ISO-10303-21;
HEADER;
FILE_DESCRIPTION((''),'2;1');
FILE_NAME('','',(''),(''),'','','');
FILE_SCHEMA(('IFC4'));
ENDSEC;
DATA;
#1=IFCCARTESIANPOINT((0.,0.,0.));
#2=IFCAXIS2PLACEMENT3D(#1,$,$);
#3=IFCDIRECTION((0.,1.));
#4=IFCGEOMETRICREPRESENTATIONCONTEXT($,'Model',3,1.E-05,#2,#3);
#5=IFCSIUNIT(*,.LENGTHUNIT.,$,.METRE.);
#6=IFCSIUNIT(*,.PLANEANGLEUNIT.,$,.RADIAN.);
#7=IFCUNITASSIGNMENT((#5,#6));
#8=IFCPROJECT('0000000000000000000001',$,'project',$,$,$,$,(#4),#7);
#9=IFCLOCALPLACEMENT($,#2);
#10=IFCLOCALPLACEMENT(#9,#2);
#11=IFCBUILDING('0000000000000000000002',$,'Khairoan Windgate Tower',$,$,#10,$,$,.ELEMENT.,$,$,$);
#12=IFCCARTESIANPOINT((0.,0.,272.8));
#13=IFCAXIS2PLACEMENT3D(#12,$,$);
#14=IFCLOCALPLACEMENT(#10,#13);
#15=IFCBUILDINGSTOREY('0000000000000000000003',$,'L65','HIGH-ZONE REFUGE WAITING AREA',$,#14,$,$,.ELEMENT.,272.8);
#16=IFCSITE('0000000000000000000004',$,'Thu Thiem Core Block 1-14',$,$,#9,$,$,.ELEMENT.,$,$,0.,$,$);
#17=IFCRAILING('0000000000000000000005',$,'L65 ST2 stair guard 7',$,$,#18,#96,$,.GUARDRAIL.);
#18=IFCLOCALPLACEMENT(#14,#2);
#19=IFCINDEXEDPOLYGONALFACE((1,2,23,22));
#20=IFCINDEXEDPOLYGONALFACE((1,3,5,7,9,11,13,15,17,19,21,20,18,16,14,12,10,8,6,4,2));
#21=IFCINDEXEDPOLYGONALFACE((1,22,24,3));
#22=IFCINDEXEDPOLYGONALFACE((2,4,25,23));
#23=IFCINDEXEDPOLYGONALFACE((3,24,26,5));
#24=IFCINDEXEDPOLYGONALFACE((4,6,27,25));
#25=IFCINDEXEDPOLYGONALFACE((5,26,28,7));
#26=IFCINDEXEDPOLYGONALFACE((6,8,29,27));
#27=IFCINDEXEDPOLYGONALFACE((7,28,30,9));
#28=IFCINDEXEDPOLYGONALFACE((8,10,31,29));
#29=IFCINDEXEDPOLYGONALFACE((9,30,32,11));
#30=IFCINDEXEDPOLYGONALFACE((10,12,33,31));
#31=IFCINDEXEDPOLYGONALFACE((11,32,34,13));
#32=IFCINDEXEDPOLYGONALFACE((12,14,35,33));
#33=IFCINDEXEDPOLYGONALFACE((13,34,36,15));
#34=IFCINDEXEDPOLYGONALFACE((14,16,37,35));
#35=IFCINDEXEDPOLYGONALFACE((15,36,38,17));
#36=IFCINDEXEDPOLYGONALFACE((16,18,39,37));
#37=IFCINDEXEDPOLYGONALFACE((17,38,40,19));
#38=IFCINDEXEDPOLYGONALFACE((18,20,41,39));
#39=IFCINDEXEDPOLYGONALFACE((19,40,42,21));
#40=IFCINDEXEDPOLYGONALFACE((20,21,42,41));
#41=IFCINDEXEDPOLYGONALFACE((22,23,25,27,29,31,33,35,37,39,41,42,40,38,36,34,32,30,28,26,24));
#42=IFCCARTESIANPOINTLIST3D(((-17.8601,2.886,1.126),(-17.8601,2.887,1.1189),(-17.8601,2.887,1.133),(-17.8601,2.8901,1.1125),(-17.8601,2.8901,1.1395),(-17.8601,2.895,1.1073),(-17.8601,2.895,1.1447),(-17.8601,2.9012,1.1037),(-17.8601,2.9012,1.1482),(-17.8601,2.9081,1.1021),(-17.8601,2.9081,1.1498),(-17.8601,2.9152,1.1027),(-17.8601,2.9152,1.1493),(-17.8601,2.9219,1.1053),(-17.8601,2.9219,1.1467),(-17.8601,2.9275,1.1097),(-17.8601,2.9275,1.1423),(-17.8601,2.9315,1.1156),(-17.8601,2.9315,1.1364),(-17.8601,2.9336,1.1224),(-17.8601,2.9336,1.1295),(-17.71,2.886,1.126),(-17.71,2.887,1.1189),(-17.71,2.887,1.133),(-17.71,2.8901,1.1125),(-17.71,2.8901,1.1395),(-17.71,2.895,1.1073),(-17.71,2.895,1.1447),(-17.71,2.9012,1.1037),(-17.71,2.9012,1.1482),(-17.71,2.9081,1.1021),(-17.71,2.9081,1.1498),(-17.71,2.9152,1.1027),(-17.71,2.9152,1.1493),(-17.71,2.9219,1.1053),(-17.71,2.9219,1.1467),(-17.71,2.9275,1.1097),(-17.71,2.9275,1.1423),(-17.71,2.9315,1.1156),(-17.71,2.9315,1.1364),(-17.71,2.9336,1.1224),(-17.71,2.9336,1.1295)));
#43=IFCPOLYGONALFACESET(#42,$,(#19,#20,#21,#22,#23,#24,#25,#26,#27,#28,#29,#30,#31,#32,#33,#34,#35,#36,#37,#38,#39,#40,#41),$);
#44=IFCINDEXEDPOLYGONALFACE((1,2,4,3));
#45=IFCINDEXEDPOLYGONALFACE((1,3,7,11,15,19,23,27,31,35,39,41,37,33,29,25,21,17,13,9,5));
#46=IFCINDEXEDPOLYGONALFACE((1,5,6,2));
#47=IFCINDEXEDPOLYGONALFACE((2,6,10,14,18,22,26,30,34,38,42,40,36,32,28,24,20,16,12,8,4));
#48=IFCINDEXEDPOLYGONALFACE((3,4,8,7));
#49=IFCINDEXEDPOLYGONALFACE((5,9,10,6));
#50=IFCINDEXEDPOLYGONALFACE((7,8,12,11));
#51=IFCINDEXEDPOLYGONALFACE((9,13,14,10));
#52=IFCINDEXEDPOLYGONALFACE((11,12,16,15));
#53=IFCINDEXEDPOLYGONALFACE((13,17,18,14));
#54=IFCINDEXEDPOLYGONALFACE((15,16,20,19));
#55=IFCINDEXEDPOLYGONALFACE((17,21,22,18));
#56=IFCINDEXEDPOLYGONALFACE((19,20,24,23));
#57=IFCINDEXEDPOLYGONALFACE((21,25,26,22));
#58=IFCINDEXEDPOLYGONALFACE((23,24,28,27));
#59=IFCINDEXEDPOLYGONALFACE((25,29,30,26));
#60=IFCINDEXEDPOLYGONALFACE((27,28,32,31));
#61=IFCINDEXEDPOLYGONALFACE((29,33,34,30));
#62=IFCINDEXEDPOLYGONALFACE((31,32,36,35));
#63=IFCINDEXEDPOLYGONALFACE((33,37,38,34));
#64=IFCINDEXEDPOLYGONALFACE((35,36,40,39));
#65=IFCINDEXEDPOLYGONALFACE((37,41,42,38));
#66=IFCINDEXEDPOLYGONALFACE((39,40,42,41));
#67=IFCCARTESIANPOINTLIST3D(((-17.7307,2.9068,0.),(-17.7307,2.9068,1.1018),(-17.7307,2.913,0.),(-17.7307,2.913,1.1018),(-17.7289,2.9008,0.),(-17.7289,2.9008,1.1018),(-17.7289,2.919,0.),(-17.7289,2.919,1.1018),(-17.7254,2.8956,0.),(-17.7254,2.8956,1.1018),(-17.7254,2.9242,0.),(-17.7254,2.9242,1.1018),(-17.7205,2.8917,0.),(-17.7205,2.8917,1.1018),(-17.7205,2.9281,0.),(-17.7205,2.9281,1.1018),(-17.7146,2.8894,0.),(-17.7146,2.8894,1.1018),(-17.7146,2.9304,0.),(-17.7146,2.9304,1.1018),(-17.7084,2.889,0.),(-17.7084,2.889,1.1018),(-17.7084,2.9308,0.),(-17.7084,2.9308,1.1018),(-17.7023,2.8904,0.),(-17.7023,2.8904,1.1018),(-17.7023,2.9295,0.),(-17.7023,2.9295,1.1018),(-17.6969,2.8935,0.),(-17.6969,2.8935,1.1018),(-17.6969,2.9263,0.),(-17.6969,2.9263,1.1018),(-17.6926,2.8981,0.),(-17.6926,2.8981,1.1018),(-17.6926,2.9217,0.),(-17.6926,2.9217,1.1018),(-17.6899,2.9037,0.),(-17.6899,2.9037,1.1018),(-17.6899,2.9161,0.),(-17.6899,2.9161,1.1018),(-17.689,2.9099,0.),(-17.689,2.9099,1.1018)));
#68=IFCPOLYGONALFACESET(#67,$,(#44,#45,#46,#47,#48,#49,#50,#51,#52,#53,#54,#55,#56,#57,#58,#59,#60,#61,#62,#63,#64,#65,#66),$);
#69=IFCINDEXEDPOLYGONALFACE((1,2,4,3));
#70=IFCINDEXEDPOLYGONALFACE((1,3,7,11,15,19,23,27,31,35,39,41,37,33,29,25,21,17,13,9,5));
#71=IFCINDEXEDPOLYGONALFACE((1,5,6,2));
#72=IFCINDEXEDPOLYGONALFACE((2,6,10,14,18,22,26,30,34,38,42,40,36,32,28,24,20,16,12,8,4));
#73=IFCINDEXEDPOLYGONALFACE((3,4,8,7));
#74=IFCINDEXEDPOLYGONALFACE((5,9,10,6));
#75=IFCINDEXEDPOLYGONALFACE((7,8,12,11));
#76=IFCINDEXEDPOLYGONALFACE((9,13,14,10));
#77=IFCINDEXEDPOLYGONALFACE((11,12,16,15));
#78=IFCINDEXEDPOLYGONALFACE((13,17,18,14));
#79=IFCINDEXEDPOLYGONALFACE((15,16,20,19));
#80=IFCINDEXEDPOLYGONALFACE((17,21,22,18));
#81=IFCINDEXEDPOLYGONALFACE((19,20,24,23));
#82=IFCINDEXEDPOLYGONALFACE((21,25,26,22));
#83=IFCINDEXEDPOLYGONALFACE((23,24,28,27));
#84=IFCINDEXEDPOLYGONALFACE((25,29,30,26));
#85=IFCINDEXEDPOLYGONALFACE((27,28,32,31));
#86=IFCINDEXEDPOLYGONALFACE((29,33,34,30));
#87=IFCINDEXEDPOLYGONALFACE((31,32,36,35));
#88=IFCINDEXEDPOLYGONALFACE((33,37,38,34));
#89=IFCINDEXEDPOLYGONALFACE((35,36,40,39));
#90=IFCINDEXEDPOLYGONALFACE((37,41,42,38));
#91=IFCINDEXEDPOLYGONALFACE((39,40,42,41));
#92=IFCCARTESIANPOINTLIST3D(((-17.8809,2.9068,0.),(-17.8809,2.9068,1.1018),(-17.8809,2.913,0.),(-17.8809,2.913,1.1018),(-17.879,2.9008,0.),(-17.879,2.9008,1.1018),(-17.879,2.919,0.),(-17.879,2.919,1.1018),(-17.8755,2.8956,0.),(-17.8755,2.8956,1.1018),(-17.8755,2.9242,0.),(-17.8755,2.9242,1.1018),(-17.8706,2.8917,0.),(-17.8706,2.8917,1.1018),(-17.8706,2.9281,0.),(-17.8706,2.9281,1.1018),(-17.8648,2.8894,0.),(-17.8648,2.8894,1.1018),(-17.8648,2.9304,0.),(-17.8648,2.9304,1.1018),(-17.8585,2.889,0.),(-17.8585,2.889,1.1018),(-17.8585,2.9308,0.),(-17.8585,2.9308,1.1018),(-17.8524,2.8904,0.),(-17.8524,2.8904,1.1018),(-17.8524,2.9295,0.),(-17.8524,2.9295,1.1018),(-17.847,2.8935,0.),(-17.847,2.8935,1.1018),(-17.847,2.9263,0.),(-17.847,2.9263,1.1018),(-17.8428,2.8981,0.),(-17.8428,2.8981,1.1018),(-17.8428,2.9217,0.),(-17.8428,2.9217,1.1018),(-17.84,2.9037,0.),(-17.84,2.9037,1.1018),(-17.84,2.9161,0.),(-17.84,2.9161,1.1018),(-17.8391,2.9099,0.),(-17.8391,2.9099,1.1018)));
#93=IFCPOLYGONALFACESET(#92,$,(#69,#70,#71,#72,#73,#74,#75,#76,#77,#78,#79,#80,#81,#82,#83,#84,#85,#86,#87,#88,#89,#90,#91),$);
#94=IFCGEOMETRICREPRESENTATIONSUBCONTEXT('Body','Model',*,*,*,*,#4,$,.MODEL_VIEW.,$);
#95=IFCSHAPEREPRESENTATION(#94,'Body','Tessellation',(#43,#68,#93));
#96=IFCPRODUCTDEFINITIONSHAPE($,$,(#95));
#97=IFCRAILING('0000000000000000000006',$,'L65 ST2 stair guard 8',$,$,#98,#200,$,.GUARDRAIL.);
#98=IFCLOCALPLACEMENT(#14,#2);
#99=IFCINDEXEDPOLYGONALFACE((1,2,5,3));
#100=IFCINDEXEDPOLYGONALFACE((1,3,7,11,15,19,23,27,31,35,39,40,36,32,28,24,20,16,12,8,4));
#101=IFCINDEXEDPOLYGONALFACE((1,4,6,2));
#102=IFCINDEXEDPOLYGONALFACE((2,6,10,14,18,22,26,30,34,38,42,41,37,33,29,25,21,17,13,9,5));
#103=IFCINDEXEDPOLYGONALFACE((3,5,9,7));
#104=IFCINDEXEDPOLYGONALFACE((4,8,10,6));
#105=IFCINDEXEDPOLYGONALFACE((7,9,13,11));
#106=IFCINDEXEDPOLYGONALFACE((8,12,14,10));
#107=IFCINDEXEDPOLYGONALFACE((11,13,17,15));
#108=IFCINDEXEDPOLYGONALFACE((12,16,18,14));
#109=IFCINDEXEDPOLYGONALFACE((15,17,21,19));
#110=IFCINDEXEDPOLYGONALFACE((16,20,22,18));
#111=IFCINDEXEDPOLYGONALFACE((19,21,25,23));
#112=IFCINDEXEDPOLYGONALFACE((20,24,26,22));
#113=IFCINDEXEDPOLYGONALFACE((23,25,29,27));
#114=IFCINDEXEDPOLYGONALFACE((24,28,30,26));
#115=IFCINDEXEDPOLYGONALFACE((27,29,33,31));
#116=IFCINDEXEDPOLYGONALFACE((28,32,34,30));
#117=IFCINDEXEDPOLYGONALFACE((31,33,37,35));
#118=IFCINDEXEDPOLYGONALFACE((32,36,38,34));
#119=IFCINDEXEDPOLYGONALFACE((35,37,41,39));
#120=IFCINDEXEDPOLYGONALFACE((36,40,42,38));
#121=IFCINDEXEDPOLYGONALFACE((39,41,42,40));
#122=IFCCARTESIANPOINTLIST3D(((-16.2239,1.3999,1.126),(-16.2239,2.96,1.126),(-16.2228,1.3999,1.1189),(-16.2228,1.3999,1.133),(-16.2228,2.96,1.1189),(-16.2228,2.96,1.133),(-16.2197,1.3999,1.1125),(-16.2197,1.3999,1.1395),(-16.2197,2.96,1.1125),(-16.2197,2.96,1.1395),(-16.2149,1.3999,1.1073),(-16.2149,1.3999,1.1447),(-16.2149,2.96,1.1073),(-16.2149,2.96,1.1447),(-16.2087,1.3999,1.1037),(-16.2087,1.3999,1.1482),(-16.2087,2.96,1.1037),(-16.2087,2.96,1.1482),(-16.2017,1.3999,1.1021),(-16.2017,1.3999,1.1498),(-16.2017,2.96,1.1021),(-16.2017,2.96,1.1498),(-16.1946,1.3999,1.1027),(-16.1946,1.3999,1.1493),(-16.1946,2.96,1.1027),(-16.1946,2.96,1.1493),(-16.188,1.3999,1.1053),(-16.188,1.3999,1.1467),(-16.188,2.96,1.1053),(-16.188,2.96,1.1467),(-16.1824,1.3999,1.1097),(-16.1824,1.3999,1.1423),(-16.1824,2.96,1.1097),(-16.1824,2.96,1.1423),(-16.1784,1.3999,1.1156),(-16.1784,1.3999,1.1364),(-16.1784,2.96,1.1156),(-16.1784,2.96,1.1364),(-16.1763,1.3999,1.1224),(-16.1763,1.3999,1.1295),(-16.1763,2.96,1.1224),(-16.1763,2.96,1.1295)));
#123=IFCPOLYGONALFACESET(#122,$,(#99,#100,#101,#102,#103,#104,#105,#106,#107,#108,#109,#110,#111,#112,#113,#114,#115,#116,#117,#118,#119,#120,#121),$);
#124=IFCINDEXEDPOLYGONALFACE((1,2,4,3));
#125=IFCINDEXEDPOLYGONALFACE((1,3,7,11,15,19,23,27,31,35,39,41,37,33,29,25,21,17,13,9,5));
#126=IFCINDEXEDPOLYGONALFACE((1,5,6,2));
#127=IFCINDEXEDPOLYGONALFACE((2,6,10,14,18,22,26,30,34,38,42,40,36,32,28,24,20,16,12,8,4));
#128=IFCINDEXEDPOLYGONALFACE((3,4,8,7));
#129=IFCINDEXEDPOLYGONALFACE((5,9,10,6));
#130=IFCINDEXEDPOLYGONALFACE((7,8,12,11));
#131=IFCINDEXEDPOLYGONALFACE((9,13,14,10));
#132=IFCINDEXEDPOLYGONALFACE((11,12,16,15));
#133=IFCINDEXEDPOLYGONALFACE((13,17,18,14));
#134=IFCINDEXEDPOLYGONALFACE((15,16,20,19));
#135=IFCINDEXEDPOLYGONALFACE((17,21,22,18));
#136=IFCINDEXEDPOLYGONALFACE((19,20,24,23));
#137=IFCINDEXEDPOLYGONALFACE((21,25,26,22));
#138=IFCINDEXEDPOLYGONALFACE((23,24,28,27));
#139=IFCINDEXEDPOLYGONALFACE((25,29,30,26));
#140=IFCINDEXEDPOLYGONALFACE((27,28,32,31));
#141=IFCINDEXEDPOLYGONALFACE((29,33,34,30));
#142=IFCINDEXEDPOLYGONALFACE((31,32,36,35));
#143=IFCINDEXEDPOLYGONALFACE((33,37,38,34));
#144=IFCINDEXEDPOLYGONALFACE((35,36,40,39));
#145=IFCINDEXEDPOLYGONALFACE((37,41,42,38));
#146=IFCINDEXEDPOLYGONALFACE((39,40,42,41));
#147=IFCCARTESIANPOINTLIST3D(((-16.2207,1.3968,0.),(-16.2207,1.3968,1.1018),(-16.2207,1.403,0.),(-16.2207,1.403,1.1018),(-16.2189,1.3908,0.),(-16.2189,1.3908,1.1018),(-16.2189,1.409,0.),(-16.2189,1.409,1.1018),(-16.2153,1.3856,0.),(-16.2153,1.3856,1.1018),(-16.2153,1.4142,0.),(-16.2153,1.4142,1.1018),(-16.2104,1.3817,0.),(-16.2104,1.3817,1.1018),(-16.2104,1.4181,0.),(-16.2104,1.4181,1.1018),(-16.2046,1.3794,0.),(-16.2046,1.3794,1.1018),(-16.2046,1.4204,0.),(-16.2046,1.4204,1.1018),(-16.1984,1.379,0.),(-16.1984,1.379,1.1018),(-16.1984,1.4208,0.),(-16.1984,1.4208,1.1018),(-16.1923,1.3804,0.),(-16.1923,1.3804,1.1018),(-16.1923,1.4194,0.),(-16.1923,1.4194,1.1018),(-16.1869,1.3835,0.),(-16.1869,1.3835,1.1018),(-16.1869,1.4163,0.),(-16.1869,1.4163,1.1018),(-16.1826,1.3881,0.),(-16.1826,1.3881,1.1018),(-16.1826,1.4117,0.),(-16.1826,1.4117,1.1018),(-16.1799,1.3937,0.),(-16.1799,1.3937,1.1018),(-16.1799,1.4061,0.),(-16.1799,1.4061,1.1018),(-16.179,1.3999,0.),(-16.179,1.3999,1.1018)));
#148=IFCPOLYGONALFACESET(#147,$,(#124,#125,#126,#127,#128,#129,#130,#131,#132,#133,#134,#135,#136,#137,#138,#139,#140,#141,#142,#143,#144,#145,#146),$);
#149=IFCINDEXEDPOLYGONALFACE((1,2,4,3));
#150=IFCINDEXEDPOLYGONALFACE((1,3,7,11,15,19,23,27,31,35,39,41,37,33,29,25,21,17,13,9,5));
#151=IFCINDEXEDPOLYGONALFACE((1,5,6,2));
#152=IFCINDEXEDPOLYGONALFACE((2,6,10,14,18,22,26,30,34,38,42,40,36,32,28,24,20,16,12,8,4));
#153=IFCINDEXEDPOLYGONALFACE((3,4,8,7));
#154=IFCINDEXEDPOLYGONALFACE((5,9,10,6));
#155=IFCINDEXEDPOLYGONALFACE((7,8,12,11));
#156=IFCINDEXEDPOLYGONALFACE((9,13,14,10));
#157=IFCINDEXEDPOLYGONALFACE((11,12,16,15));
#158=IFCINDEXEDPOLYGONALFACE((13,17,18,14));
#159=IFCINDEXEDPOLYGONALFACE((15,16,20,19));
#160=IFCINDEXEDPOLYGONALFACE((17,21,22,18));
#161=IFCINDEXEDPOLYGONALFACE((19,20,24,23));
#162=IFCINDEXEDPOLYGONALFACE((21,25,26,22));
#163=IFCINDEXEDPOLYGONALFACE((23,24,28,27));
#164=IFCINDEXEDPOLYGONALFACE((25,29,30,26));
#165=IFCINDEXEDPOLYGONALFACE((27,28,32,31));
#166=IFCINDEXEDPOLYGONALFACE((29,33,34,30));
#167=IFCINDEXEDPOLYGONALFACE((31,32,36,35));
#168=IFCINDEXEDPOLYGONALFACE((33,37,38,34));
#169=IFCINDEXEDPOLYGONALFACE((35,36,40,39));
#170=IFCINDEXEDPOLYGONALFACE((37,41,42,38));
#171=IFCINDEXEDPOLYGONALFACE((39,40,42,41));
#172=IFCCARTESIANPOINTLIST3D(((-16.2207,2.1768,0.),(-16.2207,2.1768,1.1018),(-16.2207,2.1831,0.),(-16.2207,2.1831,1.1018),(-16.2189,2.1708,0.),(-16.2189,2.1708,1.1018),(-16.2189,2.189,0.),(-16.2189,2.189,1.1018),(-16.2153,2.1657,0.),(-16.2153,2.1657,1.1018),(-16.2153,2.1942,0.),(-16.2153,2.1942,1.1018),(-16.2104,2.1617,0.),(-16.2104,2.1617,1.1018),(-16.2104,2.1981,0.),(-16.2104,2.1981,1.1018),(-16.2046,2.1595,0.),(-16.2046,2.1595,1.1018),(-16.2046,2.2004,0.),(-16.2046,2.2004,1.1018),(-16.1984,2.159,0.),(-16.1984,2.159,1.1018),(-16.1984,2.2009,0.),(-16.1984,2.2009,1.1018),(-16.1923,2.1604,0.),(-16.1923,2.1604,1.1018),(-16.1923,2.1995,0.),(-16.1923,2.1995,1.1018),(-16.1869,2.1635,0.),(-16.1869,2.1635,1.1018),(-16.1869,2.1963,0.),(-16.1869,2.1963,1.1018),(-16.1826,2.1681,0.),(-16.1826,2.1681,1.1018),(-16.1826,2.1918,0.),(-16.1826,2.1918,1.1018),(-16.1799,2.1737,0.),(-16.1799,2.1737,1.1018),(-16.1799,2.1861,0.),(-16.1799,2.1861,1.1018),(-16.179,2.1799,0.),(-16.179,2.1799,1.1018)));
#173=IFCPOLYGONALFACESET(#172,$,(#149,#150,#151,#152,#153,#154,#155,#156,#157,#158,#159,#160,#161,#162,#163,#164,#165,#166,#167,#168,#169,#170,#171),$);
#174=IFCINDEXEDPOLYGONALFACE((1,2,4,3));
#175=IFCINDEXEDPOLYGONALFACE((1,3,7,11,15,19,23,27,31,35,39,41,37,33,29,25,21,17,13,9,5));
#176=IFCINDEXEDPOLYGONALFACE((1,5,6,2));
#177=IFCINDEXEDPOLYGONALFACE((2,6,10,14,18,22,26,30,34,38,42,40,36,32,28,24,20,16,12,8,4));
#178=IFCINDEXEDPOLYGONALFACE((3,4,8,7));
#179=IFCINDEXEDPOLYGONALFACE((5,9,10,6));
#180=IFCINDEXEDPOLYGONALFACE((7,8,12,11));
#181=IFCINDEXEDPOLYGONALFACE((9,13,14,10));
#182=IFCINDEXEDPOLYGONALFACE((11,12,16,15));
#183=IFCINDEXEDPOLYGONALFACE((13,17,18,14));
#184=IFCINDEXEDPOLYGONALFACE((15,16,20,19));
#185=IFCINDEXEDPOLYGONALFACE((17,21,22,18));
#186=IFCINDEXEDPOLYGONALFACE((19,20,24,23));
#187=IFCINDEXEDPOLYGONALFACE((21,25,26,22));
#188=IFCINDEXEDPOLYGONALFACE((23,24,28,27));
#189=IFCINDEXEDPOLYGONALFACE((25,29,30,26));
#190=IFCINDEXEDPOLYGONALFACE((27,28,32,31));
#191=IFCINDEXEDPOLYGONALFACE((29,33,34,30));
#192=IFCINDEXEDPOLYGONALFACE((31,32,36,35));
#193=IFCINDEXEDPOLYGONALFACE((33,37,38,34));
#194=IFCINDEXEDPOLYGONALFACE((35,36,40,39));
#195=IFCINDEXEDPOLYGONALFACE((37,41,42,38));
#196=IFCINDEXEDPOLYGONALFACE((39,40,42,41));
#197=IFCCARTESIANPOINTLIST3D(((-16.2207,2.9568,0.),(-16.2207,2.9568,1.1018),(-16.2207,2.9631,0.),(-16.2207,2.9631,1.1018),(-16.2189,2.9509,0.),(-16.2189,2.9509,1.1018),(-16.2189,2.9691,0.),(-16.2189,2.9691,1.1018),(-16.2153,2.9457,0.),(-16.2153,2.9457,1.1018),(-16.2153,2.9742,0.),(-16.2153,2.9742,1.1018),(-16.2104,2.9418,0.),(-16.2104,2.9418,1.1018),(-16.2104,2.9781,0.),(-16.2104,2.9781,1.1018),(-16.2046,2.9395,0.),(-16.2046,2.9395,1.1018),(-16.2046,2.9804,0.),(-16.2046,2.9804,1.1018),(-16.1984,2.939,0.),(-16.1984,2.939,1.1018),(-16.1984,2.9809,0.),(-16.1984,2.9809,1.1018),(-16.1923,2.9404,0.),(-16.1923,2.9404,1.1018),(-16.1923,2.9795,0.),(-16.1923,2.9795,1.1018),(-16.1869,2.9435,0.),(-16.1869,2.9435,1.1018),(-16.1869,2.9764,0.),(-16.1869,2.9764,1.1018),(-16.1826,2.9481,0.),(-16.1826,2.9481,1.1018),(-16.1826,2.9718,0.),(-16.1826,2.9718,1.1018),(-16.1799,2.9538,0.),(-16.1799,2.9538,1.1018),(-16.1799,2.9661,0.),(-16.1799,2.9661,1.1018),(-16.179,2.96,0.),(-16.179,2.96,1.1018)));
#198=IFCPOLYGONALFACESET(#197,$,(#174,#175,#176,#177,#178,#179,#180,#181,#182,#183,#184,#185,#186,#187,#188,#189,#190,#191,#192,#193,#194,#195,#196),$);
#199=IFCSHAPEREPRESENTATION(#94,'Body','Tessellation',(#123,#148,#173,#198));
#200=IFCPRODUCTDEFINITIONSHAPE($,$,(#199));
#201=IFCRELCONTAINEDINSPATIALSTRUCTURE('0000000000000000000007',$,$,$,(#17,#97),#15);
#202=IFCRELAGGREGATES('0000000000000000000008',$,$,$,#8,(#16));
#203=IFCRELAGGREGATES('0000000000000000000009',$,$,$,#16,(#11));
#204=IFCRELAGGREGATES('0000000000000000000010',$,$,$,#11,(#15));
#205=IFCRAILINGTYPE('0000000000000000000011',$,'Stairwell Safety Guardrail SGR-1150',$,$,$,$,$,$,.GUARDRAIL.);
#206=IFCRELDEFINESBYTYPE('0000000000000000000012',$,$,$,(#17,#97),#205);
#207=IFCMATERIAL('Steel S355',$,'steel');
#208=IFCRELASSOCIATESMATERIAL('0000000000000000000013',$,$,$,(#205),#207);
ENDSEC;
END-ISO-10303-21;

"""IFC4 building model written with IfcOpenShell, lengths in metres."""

from ifc_helpers import new_model, si_unit, direction, frame, origin, origin_2d, place, context, subcontext, project, spatial, circle, extrude, material, type_object, element, save


model = new_model("IFC4")

# Units and contexts
model_context = context("Model", 3, precision=1e-05, world=origin(), true_north=direction((0.0, 1.0)))
body_context = subcontext(model_context, "Body", "Model", "MODEL_VIEW")
ifc_project = project(units=[si_unit("LENGTHUNIT", "METRE"), si_unit("PLANEANGLEUNIT", "RADIAN")], contexts=[model_context])

# Site, building, storey
site_placement = place(None, origin())
site = spatial("IfcSite", under=ifc_project, at=site_placement, Name="Thu Thiem Core Block 1-14", CompositionType="ELEMENT", RefElevation=0.0)
building_placement = place(site_placement, origin())
building = spatial("IfcBuilding", under=site, at=building_placement, Name="Khairoan Windgate Tower", CompositionType="ELEMENT")
storey_placement = place(building_placement, frame((0.0, 0.0, 272.8)))
storey = spatial("IfcBuildingStorey", under=building, at=storey_placement, Name="L65", Description="HIGH-ZONE REFUGE WAITING AREA", CompositionType="ELEMENT", Elevation=272.8)

# Railings
ifc_material_1 = material(Name="Steel S355", Category="steel")
railing_type_1 = type_object("IfcRailingType", Name="Stairwell Safety Guardrail SGR-1150", PredefinedType="GUARDRAIL", material=ifc_material_1)
railing_1_placement = place(storey_placement, frame((-17.71, 2.9099, 0.0)))
element("IfcRailing", 1, at=railing_1_placement, inside=storey, type_object=railing_type_1, Name="L65 ST2 stair guard 7", PredefinedType="GUARDRAIL", context=body_context, shape_type="SweptSolid", body=[
    extrude(circle(Radius=0.0239, at=origin_2d()), frame((0.0, 0.0, 1.126), z_axis=(-1.0, 0.0, 0.0), x_axis=(0.0, -1.0, 0.0)), (0.0, 0.0, 1.0), 0.1501),
    extrude(circle(Radius=0.021, at=origin_2d()), origin(), (0.0, 0.0, 1.0), 1.1018),
    extrude(circle(Radius=0.021, at=origin_2d()), frame((-0.1501, 0.0, 0.0)), (0.0, 0.0, 1.0), 1.1018),
])
for number, where, name in (
    (2, (-16.2, 1.3999, 0.0), "L65 ST2 stair guard 8"),
):
    element("IfcRailing", number, at=place(storey_placement, frame(where)), inside=storey, type_object=railing_type_1, Name=name, PredefinedType="GUARDRAIL", context=body_context, shape_type="SweptSolid", body=[
        extrude(circle(Radius=0.0239, at=origin_2d()), frame((0.0, 0.0, 1.126), z_axis=(0.0, 1.0, 0.0), x_axis=(-1.0, 0.0, 0.0)), (0.0, 0.0, 1.0), 1.5601),
        extrude(circle(Radius=0.021, at=origin_2d()), origin(), (0.0, 0.0, 1.0), 1.1018),
        extrude(circle(Radius=0.021, at=origin_2d()), frame((0.0, 0.78, 0.0)), (0.0, 0.0, 1.0), 1.1018),
        extrude(circle(Radius=0.021, at=origin_2d()), frame((0.0, 1.5601, 0.0)), (0.0, 0.0, 1.0), 1.1018),
    ])

save(model, "model.ifc")
